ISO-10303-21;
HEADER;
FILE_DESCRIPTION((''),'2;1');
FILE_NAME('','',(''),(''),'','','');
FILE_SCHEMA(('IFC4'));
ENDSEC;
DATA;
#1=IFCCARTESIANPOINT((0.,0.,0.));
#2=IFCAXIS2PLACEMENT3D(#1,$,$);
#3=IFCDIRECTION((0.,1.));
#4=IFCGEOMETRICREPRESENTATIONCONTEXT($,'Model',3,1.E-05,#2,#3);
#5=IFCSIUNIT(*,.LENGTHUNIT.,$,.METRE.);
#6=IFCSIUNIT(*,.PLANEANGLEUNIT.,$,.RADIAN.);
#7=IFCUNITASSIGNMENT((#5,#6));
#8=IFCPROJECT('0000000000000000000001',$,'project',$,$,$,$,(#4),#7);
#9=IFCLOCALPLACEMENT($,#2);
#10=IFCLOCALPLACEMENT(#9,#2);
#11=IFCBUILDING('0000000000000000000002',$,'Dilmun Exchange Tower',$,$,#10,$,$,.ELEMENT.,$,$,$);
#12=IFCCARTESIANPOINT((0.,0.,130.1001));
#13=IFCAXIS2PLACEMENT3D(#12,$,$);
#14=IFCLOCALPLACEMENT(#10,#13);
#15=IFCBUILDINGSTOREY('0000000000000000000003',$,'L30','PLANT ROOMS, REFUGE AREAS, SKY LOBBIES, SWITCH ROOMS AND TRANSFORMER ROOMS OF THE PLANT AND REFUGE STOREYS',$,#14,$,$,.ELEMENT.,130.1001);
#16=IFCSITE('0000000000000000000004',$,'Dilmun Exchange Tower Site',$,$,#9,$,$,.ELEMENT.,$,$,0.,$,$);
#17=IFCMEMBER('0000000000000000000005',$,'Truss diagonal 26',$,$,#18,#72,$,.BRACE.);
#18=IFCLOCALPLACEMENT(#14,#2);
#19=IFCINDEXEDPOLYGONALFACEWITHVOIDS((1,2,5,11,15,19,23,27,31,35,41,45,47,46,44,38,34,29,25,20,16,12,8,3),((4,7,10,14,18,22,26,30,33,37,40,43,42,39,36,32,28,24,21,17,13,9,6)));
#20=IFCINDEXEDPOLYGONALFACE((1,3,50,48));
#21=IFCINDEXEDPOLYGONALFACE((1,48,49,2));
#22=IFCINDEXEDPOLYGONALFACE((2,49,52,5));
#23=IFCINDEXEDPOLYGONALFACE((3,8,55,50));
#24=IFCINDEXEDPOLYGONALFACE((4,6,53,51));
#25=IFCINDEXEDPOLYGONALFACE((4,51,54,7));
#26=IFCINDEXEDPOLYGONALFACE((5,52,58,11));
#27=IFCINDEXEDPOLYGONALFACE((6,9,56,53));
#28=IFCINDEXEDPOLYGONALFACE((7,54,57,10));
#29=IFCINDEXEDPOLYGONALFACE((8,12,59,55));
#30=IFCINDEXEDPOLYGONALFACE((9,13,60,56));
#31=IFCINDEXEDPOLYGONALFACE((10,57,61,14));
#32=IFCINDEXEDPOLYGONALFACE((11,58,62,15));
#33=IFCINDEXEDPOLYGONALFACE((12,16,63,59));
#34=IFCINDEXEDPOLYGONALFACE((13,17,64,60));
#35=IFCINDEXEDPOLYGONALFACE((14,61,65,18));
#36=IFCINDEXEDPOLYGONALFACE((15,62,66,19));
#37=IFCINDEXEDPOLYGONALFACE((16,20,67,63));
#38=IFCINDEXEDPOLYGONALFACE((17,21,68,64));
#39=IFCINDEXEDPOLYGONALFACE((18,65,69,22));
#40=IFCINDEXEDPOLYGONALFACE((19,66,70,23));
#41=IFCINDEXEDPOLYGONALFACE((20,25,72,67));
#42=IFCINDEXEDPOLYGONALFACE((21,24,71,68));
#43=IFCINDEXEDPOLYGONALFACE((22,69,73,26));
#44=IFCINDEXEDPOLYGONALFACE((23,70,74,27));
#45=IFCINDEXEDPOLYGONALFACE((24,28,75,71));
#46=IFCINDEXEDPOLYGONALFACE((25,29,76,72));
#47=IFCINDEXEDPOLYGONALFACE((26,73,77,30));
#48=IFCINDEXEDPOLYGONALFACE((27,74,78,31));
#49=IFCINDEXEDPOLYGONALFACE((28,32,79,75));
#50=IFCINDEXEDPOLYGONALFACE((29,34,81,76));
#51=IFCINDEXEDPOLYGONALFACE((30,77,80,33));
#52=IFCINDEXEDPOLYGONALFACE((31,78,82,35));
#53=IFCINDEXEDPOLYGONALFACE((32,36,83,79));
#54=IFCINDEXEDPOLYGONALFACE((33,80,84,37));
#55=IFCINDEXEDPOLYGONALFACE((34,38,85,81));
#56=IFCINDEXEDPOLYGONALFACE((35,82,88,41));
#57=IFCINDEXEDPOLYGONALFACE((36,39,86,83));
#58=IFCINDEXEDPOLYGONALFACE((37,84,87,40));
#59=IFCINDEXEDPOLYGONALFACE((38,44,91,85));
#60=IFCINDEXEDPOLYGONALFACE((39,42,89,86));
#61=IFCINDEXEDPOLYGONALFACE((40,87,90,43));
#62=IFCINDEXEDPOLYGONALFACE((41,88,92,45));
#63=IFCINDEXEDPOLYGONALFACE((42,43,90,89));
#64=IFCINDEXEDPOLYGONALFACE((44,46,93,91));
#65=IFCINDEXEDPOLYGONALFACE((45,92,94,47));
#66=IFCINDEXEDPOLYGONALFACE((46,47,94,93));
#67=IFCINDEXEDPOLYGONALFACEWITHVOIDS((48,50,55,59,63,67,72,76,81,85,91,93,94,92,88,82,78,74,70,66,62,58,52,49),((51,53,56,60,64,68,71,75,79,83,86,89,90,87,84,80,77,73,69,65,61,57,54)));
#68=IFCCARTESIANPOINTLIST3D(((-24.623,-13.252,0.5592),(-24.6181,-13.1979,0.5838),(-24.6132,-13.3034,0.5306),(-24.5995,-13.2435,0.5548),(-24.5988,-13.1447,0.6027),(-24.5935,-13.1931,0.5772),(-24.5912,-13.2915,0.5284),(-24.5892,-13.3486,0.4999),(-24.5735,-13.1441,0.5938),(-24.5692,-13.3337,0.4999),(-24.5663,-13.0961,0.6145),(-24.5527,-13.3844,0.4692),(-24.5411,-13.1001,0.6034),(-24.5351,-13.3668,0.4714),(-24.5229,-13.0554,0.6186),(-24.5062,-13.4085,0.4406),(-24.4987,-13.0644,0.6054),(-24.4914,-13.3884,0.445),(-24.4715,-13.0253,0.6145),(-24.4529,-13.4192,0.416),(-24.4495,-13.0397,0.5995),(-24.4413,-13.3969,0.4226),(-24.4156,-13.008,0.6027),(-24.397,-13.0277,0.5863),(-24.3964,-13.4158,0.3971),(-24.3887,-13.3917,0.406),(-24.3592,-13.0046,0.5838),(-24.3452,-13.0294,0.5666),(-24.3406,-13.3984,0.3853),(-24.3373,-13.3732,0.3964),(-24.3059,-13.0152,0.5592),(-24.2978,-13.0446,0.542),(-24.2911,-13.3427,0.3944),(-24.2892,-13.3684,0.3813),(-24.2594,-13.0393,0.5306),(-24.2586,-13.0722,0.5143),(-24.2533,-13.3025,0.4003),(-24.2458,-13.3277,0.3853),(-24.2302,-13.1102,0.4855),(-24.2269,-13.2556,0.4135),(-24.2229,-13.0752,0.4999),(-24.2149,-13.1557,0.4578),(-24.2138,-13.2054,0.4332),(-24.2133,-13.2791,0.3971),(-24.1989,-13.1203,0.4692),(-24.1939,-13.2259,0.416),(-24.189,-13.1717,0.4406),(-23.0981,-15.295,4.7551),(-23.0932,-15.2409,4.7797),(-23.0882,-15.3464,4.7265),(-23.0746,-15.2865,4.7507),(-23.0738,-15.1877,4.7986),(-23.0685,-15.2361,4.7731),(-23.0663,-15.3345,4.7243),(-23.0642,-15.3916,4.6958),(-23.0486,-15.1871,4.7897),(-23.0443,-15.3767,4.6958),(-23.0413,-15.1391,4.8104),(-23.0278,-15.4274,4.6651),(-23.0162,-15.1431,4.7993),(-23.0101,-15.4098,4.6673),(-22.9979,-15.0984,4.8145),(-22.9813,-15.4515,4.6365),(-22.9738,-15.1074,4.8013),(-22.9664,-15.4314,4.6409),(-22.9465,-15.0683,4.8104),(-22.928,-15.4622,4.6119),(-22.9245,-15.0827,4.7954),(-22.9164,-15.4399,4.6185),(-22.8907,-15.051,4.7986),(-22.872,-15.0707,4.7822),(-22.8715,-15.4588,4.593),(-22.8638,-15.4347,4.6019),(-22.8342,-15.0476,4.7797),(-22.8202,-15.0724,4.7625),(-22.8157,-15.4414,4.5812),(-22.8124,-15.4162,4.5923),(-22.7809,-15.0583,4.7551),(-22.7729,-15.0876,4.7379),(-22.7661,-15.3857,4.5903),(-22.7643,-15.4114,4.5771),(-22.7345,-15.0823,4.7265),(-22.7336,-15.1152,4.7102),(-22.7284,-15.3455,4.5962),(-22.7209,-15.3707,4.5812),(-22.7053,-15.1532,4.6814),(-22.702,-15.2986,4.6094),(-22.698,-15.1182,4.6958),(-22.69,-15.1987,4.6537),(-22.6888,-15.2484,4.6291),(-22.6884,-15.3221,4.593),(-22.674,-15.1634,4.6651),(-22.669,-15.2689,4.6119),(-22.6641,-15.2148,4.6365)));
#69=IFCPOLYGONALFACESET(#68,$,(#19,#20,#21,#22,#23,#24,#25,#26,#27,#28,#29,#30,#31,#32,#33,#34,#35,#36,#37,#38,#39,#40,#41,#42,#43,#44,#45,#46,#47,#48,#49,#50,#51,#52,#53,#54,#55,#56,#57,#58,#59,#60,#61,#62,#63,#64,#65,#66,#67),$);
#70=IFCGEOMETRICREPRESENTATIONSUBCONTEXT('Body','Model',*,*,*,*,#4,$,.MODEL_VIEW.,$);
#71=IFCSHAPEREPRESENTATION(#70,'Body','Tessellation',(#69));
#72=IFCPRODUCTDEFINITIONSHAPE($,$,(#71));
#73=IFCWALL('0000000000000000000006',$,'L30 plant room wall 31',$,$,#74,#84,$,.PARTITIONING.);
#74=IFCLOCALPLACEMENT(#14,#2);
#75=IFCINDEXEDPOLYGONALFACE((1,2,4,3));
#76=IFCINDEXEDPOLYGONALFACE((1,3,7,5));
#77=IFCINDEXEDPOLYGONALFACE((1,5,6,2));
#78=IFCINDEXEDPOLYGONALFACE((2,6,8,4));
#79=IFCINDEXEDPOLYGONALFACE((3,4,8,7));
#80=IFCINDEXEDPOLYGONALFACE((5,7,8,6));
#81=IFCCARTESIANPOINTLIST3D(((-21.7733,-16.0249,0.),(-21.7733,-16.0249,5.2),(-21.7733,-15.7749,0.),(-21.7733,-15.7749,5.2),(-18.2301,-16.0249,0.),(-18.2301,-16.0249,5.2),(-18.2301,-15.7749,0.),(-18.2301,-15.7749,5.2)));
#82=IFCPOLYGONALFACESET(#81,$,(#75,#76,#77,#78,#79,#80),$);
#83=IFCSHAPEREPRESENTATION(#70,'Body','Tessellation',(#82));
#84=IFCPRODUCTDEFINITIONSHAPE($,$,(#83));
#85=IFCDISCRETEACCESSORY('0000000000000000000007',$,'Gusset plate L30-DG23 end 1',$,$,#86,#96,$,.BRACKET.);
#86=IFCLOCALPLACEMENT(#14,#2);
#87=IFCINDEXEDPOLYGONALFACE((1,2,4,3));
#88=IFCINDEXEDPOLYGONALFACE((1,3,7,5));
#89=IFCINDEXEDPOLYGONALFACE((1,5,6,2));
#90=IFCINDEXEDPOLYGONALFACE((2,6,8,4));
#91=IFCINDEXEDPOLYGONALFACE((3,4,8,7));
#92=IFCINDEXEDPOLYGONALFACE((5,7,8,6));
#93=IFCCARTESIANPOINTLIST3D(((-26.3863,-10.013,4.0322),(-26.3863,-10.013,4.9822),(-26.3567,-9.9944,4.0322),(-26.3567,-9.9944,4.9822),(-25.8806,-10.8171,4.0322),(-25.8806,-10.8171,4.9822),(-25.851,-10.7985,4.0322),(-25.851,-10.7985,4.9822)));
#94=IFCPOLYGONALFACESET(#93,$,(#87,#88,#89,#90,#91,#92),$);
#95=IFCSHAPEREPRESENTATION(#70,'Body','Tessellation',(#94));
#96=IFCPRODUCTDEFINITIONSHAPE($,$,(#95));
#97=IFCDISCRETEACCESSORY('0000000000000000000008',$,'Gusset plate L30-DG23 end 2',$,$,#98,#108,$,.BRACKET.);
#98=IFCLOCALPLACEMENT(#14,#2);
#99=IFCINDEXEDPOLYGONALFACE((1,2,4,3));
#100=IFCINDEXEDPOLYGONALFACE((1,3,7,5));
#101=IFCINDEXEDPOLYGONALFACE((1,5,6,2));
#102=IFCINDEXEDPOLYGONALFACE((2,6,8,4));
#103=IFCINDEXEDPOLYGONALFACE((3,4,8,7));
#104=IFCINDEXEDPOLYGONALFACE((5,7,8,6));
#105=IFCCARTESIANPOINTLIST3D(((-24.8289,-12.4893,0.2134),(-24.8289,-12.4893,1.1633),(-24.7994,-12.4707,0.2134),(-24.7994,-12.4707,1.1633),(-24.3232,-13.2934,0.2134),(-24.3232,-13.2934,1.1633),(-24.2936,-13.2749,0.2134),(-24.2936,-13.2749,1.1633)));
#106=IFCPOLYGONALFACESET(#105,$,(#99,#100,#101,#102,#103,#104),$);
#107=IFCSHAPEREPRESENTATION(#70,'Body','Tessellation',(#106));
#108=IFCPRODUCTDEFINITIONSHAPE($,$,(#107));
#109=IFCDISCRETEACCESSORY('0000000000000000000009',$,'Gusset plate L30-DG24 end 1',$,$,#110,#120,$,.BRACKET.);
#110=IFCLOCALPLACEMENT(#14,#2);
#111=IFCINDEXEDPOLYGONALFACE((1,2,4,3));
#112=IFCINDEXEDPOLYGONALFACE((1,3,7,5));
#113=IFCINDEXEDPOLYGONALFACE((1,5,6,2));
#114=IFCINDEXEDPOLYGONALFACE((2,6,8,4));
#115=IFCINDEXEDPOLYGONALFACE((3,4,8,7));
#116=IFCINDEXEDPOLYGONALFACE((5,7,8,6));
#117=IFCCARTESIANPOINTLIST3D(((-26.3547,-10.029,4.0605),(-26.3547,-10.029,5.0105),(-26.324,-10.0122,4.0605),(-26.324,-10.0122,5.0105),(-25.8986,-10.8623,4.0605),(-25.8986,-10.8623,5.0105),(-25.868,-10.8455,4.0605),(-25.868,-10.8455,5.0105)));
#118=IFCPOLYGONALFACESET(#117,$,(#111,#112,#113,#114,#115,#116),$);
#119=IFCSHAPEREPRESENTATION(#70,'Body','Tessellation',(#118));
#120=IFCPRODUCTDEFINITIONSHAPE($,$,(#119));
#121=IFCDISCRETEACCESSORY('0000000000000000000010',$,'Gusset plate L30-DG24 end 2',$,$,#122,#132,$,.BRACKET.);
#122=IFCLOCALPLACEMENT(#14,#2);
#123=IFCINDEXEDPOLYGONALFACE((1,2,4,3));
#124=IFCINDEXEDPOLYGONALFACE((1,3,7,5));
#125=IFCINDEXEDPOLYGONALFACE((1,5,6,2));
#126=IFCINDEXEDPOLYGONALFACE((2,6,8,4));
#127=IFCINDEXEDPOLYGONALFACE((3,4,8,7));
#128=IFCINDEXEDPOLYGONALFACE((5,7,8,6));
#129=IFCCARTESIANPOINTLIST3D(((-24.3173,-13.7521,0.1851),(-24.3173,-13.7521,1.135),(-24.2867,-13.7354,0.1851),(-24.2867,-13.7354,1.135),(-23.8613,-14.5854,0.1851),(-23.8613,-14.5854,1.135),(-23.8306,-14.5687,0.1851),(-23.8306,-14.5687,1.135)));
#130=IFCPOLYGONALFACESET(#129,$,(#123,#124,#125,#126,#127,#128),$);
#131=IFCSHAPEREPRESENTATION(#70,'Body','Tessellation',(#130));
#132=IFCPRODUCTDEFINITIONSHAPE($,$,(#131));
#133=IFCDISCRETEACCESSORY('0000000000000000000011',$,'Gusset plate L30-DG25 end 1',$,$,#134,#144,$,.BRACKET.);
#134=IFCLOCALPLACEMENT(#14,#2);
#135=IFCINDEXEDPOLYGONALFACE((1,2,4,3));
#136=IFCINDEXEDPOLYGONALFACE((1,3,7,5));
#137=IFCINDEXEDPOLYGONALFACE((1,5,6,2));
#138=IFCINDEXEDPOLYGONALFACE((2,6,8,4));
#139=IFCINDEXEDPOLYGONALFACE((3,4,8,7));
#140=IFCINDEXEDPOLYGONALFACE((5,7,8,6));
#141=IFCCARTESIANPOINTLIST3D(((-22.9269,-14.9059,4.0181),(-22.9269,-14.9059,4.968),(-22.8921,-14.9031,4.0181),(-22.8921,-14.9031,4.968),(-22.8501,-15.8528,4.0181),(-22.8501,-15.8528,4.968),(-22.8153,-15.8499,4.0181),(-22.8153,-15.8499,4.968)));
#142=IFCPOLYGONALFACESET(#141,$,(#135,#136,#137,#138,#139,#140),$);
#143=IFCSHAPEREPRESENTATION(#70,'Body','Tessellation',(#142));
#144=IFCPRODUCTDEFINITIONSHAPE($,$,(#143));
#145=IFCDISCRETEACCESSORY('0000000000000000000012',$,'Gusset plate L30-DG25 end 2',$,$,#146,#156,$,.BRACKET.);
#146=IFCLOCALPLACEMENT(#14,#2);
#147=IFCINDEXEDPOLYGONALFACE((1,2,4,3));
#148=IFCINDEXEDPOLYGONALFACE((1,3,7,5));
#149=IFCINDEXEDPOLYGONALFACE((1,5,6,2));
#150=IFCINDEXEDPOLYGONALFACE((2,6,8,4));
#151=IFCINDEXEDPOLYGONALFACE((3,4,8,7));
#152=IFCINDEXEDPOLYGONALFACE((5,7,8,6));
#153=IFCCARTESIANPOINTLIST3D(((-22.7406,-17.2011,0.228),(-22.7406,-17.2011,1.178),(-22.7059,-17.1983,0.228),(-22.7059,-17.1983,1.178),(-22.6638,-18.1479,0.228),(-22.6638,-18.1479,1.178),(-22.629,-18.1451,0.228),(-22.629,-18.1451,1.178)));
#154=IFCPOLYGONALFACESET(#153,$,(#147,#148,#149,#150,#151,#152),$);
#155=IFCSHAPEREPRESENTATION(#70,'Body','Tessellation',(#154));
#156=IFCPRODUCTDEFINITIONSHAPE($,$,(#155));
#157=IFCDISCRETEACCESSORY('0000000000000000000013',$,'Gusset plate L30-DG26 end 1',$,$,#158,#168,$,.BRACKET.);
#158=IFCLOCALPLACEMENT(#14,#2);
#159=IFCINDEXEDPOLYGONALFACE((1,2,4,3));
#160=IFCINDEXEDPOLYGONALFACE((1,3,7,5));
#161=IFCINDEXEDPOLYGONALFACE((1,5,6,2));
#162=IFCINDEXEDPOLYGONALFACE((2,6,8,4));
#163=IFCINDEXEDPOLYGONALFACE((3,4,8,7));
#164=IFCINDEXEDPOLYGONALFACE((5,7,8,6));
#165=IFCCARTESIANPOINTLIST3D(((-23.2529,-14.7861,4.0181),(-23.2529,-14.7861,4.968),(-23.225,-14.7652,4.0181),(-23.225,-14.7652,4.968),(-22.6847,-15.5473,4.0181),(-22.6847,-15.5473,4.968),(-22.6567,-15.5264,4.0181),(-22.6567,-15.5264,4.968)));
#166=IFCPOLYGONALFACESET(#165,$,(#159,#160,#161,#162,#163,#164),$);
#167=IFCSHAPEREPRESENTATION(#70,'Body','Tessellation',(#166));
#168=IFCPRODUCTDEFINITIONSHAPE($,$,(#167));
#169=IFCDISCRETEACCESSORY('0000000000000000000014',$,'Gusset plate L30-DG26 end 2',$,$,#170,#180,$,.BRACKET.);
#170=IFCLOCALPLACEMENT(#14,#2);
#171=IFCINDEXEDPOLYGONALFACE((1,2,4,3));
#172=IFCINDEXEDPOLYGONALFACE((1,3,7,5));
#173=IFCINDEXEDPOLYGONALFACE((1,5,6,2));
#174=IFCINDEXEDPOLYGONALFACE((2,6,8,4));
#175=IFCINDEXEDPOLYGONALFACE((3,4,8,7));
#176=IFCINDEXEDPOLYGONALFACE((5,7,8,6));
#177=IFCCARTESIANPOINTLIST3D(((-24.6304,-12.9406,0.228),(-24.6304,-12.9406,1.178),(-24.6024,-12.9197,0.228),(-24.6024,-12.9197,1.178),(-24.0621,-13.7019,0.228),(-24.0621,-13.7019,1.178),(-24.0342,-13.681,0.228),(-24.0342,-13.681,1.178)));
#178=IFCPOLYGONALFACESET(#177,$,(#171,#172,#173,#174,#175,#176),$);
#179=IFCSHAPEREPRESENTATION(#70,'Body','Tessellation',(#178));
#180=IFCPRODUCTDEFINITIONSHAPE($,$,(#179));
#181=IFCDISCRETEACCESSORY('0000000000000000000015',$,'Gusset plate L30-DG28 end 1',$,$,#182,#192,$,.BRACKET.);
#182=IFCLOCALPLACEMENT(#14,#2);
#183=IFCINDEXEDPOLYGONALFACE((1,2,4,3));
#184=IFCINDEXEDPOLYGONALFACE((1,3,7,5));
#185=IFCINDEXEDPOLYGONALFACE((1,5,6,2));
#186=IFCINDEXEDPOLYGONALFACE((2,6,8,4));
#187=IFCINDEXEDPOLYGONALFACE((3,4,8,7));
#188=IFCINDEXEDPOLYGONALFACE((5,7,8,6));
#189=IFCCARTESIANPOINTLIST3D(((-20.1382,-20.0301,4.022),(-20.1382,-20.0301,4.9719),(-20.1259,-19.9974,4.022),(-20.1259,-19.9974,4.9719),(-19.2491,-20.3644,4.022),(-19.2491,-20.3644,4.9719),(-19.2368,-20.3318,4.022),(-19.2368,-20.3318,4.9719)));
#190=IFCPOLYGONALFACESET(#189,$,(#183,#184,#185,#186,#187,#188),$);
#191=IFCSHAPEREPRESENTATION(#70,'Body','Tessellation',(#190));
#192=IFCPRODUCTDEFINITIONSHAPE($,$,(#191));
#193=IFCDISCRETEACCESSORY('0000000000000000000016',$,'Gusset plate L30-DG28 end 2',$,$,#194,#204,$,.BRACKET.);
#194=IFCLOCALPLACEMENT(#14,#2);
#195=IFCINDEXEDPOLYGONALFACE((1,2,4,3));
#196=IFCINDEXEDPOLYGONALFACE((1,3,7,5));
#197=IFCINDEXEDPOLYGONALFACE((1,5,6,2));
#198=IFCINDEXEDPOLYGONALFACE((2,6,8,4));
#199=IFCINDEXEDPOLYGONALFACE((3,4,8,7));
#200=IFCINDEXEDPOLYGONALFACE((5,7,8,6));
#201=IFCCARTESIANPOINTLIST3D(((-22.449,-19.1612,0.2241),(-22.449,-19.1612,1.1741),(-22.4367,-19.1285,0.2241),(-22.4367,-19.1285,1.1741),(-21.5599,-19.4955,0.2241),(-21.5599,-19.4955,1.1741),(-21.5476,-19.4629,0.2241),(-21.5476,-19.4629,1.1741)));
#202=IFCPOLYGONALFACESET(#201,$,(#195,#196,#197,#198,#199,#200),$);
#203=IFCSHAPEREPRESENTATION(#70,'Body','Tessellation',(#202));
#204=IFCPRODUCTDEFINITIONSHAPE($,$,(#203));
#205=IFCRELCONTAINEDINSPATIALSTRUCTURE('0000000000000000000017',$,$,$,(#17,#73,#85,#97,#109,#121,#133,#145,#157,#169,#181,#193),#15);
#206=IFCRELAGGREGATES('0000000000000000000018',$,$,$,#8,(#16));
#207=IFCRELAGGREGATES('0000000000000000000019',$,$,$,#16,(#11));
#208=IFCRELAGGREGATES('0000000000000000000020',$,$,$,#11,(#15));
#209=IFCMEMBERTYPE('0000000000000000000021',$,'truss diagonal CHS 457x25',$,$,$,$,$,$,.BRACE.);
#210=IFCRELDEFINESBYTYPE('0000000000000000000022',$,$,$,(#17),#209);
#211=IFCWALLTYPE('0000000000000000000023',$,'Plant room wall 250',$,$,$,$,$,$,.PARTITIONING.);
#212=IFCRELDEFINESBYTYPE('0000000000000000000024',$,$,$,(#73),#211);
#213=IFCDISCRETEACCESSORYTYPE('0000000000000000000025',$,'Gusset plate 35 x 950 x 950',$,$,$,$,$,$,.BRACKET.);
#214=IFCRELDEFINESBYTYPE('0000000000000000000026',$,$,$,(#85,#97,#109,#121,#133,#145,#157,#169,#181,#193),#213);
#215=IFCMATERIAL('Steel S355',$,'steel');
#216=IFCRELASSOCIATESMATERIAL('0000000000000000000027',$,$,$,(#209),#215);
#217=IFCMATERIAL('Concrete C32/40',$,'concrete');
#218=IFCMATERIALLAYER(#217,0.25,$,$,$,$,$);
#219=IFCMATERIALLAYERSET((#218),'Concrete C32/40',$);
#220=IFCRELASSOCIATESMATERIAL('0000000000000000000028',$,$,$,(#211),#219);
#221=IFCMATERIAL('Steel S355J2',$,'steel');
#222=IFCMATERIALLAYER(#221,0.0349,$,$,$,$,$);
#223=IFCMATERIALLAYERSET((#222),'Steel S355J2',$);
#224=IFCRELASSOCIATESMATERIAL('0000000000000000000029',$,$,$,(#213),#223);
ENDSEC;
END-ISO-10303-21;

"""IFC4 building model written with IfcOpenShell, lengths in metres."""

from ifc_helpers import new_model, si_unit, direction, frame, frame_2d, origin, origin_2d, place, context, subcontext, project, spatial, rectangle, hollow_circle, extrude, material, layer, layer_set, material_profile, profile_set, type_object, element, save


model = new_model("IFC4")

# Units and contexts
model_context = context("Model", 3, precision=1e-05, world=origin(), true_north=direction((0.0, 1.0)))
body_context = subcontext(model_context, "Body", "Model", "MODEL_VIEW")
ifc_project = project(units=[si_unit("LENGTHUNIT", "METRE"), si_unit("PLANEANGLEUNIT", "RADIAN")], contexts=[model_context])

# Site, building, storey
site_placement = place(None, origin())
site = spatial("IfcSite", under=ifc_project, at=site_placement, Name="Dilmun Exchange Tower Site", CompositionType="ELEMENT", RefElevation=0.0)
building_placement = place(site_placement, origin())
building = spatial("IfcBuilding", under=site, at=building_placement, Name="Dilmun Exchange Tower", CompositionType="ELEMENT")
storey_placement = place(building_placement, frame((0.0, 0.0, 130.1001)))
storey = spatial("IfcBuildingStorey", under=building, at=storey_placement, Name="L30", Description="PLANT ROOMS, REFUGE AREAS, SKY LOBBIES, SWITCH ROOMS AND TRANSFORMER ROOMS OF THE PLANT AND REFUGE STOREYS", CompositionType="ELEMENT", Elevation=130.1001)

# Shared definitions
ifc_material_1 = material(Name="Steel S355", Category="steel")

# Member
ifc_material_profile_1 = material_profile(ifc_material_1, hollow_circle(Radius=0.2285, WallThickness=0.0249, at=origin_2d()), Name="CHS 457x25")
ifc_profile_set_1 = profile_set([ifc_material_profile_1], Name="Steel S355")
member_type = type_object("IfcMemberType", Name="truss diagonal CHS 457x25", PredefinedType="BRACE", material=ifc_profile_set_1)
for number, where, z_axis, x_axis, name in (
    (1, (-22.8811, -15.2549, 4.6958), (-0.310598, 0.41612, -0.854618), (-0.801377, -0.59816, 0.0), "Truss diagonal 26"),
):
    element("IfcMember", number, at=place(storey_placement, frame(where, z_axis=z_axis, x_axis=x_axis)), inside=storey, type_object=member_type, Name=name, PredefinedType="BRACE", context=body_context, shape_type="SweptSolid", body=[
        extrude(hollow_circle(Radius=0.2285, WallThickness=0.0249, at=origin_2d()), origin(), (0.0, 0.0, 1.0), 4.9097),
    ])

# Wall
ifc_material_2 = material(Name="Concrete C32/40", Category="concrete")
ifc_layer_1 = layer(ifc_material_2, 0.25)
ifc_layer_set_1 = layer_set([ifc_layer_1], Name="Concrete C32/40")
wall_type = type_object("IfcWallType", Name="Plant room wall 250", PredefinedType="PARTITIONING", material=ifc_layer_set_1)
wall_placement = place(storey_placement, frame((-21.7732, -15.8999, 0.0), z_axis=(0.0, 0.0, 1.0), x_axis=(1.0, 0.0, 0.0)))
element("IfcWall", 2, at=wall_placement, inside=storey, type_object=wall_type, Name="L30 plant room wall 31", PredefinedType="PARTITIONING", context=body_context, shape_type="SweptSolid", body=[
    extrude(rectangle(XDim=3.5432, YDim=0.25, at=frame_2d((1.7715, 0.0))), origin(), (0.0, 0.0, 1.0), 5.2),
])

# Discrete accessories
ifc_material_3 = material(Name="Steel S355J2", Category="steel")
ifc_layer_2 = layer(ifc_material_3, 0.0349)
ifc_layer_set_2 = layer_set([ifc_layer_2], Name="Steel S355J2")
discrete_accessory_type = type_object("IfcDiscreteAccessoryType", Name="Gusset plate 35 x 950 x 950", PredefinedType="BRACKET", material=ifc_layer_set_2)
for number, where, z_axis, x_axis, name in (
    (3, (-26.1187, -10.4058, 4.0322), (0.0, 0.0, 1.0), (0.532355, -0.846521, 0.0), "Gusset plate L30-DG23 end 1"),
    (4, (-24.5613, -12.8821, 0.2134), (0.0, 0.0, 1.0), (0.532355, -0.846521, 0.0), "Gusset plate L30-DG23 end 2"),
    (5, (-26.1113, -10.4373, 4.0605), (0.0, 0.0, 1.0), (0.480075, -0.877227, 0.0), "Gusset plate L30-DG24 end 1"),
    (6, (-24.074, -14.1604, 0.1851), (0.0, 0.0, 1.0), (0.480075, -0.877227, 0.0), "Gusset plate L30-DG24 end 2"),
    (7, (-22.8711, -15.3779, 4.0181), (0.0, 0.0, 1.0), (0.080923, -0.99672, 0.0), "Gusset plate L30-DG25 end 1"),
    (8, (-22.6848, -17.6731, 0.228), (0.0, 0.0, 1.0), (0.080923, -0.99672, 0.0), "Gusset plate L30-DG25 end 2"),
    (9, (-22.9548, -15.1562, 4.0181), (0.0, 0.0, 1.0), (-0.598178, 0.801363, 0.0), "Gusset plate L30-DG26 end 1"),
    (10, (-24.3323, -13.3108, 0.228), (0.0, 0.0, 1.0), (-0.598178, 0.801363, 0.0), "Gusset plate L30-DG26 end 2"),
    (11, (-19.6875, -20.1809, 4.022), (0.0, 0.0, 1.0), (-0.936003, 0.351992, 0.0), "Gusset plate L30-DG28 end 1"),
    (12, (-21.9983, -19.312, 0.2241), (0.0, 0.0, 1.0), (-0.936003, 0.351992, 0.0), "Gusset plate L30-DG28 end 2"),
):
    element("IfcDiscreteAccessory", number, at=place(storey_placement, frame(where, z_axis=z_axis, x_axis=x_axis)), inside=storey, type_object=discrete_accessory_type, Name=name, PredefinedType="BRACKET", context=body_context, shape_type="SweptSolid", body=[
        extrude(rectangle(XDim=0.95, YDim=0.0349, at=origin_2d()), origin(), (0.0, 0.0, 1.0), 0.95),
    ])

save(model, "model.ifc")
